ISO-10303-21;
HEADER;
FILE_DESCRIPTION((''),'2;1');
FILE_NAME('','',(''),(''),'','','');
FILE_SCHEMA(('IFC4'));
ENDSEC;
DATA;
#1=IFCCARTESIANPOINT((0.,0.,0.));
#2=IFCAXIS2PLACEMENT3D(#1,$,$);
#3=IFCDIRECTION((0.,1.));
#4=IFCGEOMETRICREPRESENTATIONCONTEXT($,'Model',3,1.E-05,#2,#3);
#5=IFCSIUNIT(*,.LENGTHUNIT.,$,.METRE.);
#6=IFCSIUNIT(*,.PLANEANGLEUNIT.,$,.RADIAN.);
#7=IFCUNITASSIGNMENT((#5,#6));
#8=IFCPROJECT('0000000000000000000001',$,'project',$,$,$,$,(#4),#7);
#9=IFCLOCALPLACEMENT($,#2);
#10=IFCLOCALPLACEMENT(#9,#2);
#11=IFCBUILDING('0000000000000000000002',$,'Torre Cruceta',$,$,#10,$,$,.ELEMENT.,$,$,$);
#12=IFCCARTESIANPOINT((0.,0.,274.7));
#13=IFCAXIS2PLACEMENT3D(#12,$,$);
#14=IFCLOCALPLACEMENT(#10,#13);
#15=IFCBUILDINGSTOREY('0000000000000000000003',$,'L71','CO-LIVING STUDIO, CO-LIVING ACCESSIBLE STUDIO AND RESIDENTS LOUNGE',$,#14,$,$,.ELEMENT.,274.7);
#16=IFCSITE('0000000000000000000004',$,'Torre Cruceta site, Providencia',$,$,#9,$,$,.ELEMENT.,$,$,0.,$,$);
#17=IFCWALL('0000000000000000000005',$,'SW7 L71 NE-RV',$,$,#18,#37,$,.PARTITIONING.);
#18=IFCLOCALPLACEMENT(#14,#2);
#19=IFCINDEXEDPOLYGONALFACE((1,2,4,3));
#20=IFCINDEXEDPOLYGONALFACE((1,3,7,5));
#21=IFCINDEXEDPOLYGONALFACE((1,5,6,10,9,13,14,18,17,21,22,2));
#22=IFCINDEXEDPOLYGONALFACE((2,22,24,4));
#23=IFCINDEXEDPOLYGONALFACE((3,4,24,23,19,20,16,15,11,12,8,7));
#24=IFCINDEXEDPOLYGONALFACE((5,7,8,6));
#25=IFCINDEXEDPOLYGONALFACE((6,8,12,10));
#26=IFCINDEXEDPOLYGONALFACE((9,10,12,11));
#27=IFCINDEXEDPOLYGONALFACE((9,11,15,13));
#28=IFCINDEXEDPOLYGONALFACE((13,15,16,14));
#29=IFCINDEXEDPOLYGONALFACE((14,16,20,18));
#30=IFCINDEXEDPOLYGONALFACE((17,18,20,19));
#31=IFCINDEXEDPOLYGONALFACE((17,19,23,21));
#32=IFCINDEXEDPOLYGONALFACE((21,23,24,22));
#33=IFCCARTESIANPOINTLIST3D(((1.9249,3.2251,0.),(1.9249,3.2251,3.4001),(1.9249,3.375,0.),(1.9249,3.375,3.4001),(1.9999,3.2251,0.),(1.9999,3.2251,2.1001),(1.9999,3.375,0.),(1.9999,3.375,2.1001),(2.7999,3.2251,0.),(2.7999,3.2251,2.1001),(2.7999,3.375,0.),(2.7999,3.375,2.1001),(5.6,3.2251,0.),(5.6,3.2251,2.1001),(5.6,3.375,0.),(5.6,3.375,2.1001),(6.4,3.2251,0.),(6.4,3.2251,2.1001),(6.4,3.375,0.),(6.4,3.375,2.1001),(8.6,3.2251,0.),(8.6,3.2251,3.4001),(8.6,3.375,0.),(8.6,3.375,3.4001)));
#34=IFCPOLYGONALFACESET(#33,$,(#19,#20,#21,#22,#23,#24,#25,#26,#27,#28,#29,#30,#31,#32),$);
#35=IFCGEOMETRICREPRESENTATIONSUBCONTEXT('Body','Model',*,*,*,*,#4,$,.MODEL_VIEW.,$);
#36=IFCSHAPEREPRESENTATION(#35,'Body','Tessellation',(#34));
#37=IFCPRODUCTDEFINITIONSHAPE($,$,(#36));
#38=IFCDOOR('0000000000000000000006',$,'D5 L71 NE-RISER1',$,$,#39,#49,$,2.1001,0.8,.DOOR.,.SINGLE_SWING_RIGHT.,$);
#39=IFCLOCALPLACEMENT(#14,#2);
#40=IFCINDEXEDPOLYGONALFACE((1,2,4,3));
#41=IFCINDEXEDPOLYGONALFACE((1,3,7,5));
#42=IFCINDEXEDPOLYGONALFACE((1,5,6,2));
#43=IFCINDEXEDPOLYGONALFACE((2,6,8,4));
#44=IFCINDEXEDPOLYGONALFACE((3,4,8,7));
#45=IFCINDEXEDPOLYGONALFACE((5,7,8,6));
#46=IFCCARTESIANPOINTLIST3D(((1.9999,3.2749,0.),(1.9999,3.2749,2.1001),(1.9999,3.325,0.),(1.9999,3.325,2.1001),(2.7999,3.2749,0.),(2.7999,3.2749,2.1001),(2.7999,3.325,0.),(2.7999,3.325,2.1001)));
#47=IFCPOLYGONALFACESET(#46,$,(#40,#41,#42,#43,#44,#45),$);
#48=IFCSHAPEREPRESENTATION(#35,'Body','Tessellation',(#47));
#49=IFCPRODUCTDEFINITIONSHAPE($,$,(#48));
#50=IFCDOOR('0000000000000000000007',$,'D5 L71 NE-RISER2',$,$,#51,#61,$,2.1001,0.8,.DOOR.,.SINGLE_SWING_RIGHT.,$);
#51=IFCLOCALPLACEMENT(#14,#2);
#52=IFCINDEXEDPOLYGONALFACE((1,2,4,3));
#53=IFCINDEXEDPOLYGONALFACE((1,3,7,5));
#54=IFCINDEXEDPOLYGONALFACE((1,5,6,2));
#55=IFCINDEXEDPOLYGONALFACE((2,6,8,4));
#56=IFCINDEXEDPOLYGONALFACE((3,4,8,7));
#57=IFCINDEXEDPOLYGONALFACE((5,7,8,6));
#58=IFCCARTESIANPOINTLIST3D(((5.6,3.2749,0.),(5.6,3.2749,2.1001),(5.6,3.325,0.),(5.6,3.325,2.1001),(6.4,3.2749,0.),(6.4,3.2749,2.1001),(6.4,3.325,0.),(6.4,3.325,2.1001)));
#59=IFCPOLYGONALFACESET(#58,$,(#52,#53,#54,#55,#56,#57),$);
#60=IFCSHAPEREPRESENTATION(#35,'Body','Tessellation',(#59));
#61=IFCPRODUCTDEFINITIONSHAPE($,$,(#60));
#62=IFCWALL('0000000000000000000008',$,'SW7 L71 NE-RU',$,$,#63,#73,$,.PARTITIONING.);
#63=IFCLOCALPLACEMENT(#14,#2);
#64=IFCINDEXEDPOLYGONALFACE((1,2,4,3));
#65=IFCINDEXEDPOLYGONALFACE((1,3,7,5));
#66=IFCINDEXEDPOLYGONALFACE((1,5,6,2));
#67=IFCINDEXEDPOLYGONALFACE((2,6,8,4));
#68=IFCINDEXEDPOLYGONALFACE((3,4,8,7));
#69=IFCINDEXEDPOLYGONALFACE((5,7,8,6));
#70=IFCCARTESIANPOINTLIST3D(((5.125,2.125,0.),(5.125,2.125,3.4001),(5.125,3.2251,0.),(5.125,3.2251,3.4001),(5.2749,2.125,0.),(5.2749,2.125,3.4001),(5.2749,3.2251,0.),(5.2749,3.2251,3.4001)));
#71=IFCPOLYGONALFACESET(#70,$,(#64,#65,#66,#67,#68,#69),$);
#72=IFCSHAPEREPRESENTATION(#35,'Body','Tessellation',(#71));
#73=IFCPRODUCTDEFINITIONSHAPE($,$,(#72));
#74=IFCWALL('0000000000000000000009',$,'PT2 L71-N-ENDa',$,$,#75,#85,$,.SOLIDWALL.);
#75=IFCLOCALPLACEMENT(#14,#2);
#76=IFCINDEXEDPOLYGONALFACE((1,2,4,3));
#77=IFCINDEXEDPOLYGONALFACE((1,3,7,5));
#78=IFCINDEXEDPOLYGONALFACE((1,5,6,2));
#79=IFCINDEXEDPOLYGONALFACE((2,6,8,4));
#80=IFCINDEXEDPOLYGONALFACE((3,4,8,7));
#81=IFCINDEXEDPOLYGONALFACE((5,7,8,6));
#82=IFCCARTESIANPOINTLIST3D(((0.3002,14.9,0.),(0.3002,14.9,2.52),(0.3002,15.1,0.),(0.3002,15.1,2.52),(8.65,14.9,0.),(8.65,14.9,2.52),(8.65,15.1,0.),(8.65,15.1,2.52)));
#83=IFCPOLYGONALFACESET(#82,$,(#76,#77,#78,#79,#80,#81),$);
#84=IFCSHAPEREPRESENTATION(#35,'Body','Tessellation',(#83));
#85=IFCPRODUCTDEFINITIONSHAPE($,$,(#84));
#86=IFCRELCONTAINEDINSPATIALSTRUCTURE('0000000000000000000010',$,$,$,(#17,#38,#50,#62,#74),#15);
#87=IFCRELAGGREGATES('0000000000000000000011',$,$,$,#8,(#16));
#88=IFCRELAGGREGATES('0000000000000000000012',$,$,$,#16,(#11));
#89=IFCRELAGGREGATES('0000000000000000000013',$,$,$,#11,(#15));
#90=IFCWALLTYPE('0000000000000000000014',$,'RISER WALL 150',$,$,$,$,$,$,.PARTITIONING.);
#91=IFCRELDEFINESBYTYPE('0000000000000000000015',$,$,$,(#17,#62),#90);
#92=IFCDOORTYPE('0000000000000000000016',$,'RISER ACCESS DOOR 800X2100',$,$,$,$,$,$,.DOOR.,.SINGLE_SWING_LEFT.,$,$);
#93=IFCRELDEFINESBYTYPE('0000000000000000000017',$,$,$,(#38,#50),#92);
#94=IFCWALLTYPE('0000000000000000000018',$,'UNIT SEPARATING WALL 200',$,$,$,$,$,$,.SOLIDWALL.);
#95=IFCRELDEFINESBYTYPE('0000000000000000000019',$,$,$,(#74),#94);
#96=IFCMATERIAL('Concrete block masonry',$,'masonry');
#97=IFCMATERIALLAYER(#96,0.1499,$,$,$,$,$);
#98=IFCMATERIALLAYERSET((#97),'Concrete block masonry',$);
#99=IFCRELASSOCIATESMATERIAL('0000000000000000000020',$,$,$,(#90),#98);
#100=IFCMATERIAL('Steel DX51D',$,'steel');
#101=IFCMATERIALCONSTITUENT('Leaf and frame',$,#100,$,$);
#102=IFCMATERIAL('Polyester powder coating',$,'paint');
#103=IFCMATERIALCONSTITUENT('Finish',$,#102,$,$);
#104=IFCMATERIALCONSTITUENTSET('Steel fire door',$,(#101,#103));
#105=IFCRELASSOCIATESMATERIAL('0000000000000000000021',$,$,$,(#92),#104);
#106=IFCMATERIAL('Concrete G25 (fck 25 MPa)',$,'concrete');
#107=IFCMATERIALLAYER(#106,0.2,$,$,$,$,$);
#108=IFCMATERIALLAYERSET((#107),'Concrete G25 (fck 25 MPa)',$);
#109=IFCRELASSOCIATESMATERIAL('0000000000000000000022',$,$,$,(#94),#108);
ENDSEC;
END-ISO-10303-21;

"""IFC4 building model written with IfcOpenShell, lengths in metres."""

from ifc_helpers import new_model, si_unit, direction, frame, frame_2d, origin, place, context, subcontext, project, spatial, rectangle, extrude, material, layer, layer_set, constituent, constituent_set, type_object, element, fill, save


model = new_model("IFC4")

# Units and contexts
model_context = context("Model", 3, precision=1e-05, world=origin(), true_north=direction((0.0, 1.0)))
body_context = subcontext(model_context, "Body", "Model", "MODEL_VIEW")
ifc_project = project(units=[si_unit("LENGTHUNIT", "METRE"), si_unit("PLANEANGLEUNIT", "RADIAN")], contexts=[model_context])

# Site, building, storey
site_placement = place(None, origin())
site = spatial("IfcSite", under=ifc_project, at=site_placement, Name="Torre Cruceta site, Providencia", CompositionType="ELEMENT", RefElevation=0.0)
building_placement = place(site_placement, origin())
building = spatial("IfcBuilding", under=site, at=building_placement, Name="Torre Cruceta", CompositionType="ELEMENT")
storey_placement = place(building_placement, frame((0.0, 0.0, 274.7)))
storey = spatial("IfcBuildingStorey", under=building, at=storey_placement, Name="L71", Description="CO-LIVING STUDIO, CO-LIVING ACCESSIBLE STUDIO AND RESIDENTS LOUNGE", CompositionType="ELEMENT", Elevation=274.7)

# Wall, openings, doors
ifc_material_1 = material(Name="Concrete block masonry", Category="masonry")
ifc_layer_1 = layer(ifc_material_1, 0.1499)
ifc_layer_set_1 = layer_set([ifc_layer_1], Name="Concrete block masonry")
wall_type_1 = type_object("IfcWallType", Name="RISER WALL 150", PredefinedType="PARTITIONING", material=ifc_layer_set_1)
wall_1_placement = place(storey_placement, frame((1.925, 3.3, 0.0), z_axis=(0.0, 0.0, 1.0), x_axis=(1.0, 0.0, 0.0)))
wall_1 = element("IfcWall", 1, at=wall_1_placement, inside=storey, type_object=wall_type_1, Name="SW7 L71 NE-RV", PredefinedType="PARTITIONING", context=body_context, shape_type="SweptSolid", body=[
    extrude(rectangle(XDim=6.675, YDim=0.1499, at=frame_2d((3.3374, 0.0))), origin(), (0.0, 0.0, 1.0), 3.4001),
])
opening_1_placement = place(wall_1_placement, frame((0.075, 0.0, 0.0)))
opening_1 = element("IfcOpeningElement", 2, at=opening_1_placement, cuts=wall_1, PredefinedType="OPENING", context=body_context, shape_type="SweptSolid", body=[
    extrude(rectangle(XDim=0.8, YDim=2.1001, at=frame_2d((0.3999, 1.05))), frame((0.0, 0.085, 0.0), z_axis=(0.0, -1.0, 0.0), x_axis=(1.0, 0.0, 0.0)), (0.0, 0.0, 1.0), 0.1699),
])
opening_2_placement = place(wall_1_placement, frame((3.675, 0.0, 0.0)))
opening_2 = element("IfcOpeningElement", 3, at=opening_2_placement, cuts=wall_1, PredefinedType="OPENING", context=body_context, shape_type="SweptSolid", body=[
    extrude(rectangle(XDim=0.8, YDim=2.1001, at=frame_2d((0.3999, 1.05))), frame((0.0, 0.085, 0.0), z_axis=(0.0, -1.0, 0.0), x_axis=(1.0, 0.0, 0.0)), (0.0, 0.0, 1.0), 0.1699),
])
ifc_material_2 = material(Name="Steel DX51D", Category="steel")
ifc_constituent_1 = constituent(ifc_material_2, Name="Leaf and frame")
ifc_material_3 = material(Name="Polyester powder coating", Category="paint")
ifc_constituent_2 = constituent(ifc_material_3, Name="Finish")
ifc_constituent_set_1 = constituent_set(constituents=[ifc_constituent_1, ifc_constituent_2], Name="Steel fire door")
door_type_1 = type_object("IfcDoorType", Name="RISER ACCESS DOOR 800X2100", OperationType="SINGLE_SWING_LEFT", PredefinedType="DOOR", material=ifc_constituent_set_1)
door_1_placement = place(opening_1_placement, frame((0.8, 0.0, 0.0), z_axis=(0.0, 0.0, 1.0), x_axis=(-1.0, 0.0, 0.0)))
door_1 = element("IfcDoor", 4, at=door_1_placement, inside=storey, type_object=door_type_1, Name="D5 L71 NE-RISER1", OperationType="SINGLE_SWING_RIGHT", OverallHeight=2.1001, OverallWidth=0.8, PredefinedType="DOOR", context=body_context, shape_type="SweptSolid", body=[
    extrude(rectangle(XDim=0.8, YDim=2.1001, at=frame_2d((0.4001, 1.05))), frame((0.0, 0.0251, 0.0), z_axis=(0.0, -1.0, 0.0), x_axis=(1.0, 0.0, 0.0)), (0.0, 0.0, 1.0), 0.05),
])
fill(opening_1, door_1)
door_2_placement = place(opening_2_placement, frame((0.8, 0.0, 0.0), z_axis=(0.0, 0.0, 1.0), x_axis=(-1.0, 0.0, 0.0)))
door_2 = element("IfcDoor", 5, at=door_2_placement, inside=storey, type_object=door_type_1, Name="D5 L71 NE-RISER2", OperationType="SINGLE_SWING_RIGHT", OverallHeight=2.1001, OverallWidth=0.8, PredefinedType="DOOR", context=body_context, shape_type="SweptSolid", body=[
    extrude(rectangle(XDim=0.8, YDim=2.1001, at=frame_2d((0.4001, 1.05))), frame((0.0, 0.0251, 0.0), z_axis=(0.0, -1.0, 0.0), x_axis=(1.0, 0.0, 0.0)), (0.0, 0.0, 1.0), 0.05),
])
fill(opening_2, door_2)

# Walls
wall_2_placement = place(storey_placement, frame((5.2, 2.125, 0.0), z_axis=(0.0, 0.0, 1.0), x_axis=(0.0, 1.0, 0.0)))
element("IfcWall", 6, at=wall_2_placement, inside=storey, type_object=wall_type_1, Name="SW7 L71 NE-RU", PredefinedType="PARTITIONING", context=body_context, shape_type="SweptSolid", body=[
    extrude(rectangle(XDim=1.1001, YDim=0.1499, at=frame_2d((0.55, 0.0))), origin(), (0.0, 0.0, 1.0), 3.4001),
])
ifc_material_4 = material(Name="Concrete G25 (fck 25 MPa)", Category="concrete")
ifc_layer_2 = layer(ifc_material_4, 0.2)
ifc_layer_set_2 = layer_set([ifc_layer_2], Name="Concrete G25 (fck 25 MPa)")
wall_type_2 = type_object("IfcWallType", Name="UNIT SEPARATING WALL 200", PredefinedType="SOLIDWALL", material=ifc_layer_set_2)
wall_3_placement = place(storey_placement, frame((8.6499, 15.0, 0.0), z_axis=(0.0, 0.0, 1.0), x_axis=(-1.0, 0.0, 0.0)))
element("IfcWall", 7, at=wall_3_placement, inside=storey, type_object=wall_type_2, Name="PT2 L71-N-ENDa", PredefinedType="SOLIDWALL", context=body_context, shape_type="SweptSolid", body=[
    extrude(rectangle(XDim=8.3499, YDim=0.2, at=frame_2d((4.1748, 0.0))), origin(), (0.0, 0.0, 1.0), 2.52),
])

save(model, "model.ifc")
